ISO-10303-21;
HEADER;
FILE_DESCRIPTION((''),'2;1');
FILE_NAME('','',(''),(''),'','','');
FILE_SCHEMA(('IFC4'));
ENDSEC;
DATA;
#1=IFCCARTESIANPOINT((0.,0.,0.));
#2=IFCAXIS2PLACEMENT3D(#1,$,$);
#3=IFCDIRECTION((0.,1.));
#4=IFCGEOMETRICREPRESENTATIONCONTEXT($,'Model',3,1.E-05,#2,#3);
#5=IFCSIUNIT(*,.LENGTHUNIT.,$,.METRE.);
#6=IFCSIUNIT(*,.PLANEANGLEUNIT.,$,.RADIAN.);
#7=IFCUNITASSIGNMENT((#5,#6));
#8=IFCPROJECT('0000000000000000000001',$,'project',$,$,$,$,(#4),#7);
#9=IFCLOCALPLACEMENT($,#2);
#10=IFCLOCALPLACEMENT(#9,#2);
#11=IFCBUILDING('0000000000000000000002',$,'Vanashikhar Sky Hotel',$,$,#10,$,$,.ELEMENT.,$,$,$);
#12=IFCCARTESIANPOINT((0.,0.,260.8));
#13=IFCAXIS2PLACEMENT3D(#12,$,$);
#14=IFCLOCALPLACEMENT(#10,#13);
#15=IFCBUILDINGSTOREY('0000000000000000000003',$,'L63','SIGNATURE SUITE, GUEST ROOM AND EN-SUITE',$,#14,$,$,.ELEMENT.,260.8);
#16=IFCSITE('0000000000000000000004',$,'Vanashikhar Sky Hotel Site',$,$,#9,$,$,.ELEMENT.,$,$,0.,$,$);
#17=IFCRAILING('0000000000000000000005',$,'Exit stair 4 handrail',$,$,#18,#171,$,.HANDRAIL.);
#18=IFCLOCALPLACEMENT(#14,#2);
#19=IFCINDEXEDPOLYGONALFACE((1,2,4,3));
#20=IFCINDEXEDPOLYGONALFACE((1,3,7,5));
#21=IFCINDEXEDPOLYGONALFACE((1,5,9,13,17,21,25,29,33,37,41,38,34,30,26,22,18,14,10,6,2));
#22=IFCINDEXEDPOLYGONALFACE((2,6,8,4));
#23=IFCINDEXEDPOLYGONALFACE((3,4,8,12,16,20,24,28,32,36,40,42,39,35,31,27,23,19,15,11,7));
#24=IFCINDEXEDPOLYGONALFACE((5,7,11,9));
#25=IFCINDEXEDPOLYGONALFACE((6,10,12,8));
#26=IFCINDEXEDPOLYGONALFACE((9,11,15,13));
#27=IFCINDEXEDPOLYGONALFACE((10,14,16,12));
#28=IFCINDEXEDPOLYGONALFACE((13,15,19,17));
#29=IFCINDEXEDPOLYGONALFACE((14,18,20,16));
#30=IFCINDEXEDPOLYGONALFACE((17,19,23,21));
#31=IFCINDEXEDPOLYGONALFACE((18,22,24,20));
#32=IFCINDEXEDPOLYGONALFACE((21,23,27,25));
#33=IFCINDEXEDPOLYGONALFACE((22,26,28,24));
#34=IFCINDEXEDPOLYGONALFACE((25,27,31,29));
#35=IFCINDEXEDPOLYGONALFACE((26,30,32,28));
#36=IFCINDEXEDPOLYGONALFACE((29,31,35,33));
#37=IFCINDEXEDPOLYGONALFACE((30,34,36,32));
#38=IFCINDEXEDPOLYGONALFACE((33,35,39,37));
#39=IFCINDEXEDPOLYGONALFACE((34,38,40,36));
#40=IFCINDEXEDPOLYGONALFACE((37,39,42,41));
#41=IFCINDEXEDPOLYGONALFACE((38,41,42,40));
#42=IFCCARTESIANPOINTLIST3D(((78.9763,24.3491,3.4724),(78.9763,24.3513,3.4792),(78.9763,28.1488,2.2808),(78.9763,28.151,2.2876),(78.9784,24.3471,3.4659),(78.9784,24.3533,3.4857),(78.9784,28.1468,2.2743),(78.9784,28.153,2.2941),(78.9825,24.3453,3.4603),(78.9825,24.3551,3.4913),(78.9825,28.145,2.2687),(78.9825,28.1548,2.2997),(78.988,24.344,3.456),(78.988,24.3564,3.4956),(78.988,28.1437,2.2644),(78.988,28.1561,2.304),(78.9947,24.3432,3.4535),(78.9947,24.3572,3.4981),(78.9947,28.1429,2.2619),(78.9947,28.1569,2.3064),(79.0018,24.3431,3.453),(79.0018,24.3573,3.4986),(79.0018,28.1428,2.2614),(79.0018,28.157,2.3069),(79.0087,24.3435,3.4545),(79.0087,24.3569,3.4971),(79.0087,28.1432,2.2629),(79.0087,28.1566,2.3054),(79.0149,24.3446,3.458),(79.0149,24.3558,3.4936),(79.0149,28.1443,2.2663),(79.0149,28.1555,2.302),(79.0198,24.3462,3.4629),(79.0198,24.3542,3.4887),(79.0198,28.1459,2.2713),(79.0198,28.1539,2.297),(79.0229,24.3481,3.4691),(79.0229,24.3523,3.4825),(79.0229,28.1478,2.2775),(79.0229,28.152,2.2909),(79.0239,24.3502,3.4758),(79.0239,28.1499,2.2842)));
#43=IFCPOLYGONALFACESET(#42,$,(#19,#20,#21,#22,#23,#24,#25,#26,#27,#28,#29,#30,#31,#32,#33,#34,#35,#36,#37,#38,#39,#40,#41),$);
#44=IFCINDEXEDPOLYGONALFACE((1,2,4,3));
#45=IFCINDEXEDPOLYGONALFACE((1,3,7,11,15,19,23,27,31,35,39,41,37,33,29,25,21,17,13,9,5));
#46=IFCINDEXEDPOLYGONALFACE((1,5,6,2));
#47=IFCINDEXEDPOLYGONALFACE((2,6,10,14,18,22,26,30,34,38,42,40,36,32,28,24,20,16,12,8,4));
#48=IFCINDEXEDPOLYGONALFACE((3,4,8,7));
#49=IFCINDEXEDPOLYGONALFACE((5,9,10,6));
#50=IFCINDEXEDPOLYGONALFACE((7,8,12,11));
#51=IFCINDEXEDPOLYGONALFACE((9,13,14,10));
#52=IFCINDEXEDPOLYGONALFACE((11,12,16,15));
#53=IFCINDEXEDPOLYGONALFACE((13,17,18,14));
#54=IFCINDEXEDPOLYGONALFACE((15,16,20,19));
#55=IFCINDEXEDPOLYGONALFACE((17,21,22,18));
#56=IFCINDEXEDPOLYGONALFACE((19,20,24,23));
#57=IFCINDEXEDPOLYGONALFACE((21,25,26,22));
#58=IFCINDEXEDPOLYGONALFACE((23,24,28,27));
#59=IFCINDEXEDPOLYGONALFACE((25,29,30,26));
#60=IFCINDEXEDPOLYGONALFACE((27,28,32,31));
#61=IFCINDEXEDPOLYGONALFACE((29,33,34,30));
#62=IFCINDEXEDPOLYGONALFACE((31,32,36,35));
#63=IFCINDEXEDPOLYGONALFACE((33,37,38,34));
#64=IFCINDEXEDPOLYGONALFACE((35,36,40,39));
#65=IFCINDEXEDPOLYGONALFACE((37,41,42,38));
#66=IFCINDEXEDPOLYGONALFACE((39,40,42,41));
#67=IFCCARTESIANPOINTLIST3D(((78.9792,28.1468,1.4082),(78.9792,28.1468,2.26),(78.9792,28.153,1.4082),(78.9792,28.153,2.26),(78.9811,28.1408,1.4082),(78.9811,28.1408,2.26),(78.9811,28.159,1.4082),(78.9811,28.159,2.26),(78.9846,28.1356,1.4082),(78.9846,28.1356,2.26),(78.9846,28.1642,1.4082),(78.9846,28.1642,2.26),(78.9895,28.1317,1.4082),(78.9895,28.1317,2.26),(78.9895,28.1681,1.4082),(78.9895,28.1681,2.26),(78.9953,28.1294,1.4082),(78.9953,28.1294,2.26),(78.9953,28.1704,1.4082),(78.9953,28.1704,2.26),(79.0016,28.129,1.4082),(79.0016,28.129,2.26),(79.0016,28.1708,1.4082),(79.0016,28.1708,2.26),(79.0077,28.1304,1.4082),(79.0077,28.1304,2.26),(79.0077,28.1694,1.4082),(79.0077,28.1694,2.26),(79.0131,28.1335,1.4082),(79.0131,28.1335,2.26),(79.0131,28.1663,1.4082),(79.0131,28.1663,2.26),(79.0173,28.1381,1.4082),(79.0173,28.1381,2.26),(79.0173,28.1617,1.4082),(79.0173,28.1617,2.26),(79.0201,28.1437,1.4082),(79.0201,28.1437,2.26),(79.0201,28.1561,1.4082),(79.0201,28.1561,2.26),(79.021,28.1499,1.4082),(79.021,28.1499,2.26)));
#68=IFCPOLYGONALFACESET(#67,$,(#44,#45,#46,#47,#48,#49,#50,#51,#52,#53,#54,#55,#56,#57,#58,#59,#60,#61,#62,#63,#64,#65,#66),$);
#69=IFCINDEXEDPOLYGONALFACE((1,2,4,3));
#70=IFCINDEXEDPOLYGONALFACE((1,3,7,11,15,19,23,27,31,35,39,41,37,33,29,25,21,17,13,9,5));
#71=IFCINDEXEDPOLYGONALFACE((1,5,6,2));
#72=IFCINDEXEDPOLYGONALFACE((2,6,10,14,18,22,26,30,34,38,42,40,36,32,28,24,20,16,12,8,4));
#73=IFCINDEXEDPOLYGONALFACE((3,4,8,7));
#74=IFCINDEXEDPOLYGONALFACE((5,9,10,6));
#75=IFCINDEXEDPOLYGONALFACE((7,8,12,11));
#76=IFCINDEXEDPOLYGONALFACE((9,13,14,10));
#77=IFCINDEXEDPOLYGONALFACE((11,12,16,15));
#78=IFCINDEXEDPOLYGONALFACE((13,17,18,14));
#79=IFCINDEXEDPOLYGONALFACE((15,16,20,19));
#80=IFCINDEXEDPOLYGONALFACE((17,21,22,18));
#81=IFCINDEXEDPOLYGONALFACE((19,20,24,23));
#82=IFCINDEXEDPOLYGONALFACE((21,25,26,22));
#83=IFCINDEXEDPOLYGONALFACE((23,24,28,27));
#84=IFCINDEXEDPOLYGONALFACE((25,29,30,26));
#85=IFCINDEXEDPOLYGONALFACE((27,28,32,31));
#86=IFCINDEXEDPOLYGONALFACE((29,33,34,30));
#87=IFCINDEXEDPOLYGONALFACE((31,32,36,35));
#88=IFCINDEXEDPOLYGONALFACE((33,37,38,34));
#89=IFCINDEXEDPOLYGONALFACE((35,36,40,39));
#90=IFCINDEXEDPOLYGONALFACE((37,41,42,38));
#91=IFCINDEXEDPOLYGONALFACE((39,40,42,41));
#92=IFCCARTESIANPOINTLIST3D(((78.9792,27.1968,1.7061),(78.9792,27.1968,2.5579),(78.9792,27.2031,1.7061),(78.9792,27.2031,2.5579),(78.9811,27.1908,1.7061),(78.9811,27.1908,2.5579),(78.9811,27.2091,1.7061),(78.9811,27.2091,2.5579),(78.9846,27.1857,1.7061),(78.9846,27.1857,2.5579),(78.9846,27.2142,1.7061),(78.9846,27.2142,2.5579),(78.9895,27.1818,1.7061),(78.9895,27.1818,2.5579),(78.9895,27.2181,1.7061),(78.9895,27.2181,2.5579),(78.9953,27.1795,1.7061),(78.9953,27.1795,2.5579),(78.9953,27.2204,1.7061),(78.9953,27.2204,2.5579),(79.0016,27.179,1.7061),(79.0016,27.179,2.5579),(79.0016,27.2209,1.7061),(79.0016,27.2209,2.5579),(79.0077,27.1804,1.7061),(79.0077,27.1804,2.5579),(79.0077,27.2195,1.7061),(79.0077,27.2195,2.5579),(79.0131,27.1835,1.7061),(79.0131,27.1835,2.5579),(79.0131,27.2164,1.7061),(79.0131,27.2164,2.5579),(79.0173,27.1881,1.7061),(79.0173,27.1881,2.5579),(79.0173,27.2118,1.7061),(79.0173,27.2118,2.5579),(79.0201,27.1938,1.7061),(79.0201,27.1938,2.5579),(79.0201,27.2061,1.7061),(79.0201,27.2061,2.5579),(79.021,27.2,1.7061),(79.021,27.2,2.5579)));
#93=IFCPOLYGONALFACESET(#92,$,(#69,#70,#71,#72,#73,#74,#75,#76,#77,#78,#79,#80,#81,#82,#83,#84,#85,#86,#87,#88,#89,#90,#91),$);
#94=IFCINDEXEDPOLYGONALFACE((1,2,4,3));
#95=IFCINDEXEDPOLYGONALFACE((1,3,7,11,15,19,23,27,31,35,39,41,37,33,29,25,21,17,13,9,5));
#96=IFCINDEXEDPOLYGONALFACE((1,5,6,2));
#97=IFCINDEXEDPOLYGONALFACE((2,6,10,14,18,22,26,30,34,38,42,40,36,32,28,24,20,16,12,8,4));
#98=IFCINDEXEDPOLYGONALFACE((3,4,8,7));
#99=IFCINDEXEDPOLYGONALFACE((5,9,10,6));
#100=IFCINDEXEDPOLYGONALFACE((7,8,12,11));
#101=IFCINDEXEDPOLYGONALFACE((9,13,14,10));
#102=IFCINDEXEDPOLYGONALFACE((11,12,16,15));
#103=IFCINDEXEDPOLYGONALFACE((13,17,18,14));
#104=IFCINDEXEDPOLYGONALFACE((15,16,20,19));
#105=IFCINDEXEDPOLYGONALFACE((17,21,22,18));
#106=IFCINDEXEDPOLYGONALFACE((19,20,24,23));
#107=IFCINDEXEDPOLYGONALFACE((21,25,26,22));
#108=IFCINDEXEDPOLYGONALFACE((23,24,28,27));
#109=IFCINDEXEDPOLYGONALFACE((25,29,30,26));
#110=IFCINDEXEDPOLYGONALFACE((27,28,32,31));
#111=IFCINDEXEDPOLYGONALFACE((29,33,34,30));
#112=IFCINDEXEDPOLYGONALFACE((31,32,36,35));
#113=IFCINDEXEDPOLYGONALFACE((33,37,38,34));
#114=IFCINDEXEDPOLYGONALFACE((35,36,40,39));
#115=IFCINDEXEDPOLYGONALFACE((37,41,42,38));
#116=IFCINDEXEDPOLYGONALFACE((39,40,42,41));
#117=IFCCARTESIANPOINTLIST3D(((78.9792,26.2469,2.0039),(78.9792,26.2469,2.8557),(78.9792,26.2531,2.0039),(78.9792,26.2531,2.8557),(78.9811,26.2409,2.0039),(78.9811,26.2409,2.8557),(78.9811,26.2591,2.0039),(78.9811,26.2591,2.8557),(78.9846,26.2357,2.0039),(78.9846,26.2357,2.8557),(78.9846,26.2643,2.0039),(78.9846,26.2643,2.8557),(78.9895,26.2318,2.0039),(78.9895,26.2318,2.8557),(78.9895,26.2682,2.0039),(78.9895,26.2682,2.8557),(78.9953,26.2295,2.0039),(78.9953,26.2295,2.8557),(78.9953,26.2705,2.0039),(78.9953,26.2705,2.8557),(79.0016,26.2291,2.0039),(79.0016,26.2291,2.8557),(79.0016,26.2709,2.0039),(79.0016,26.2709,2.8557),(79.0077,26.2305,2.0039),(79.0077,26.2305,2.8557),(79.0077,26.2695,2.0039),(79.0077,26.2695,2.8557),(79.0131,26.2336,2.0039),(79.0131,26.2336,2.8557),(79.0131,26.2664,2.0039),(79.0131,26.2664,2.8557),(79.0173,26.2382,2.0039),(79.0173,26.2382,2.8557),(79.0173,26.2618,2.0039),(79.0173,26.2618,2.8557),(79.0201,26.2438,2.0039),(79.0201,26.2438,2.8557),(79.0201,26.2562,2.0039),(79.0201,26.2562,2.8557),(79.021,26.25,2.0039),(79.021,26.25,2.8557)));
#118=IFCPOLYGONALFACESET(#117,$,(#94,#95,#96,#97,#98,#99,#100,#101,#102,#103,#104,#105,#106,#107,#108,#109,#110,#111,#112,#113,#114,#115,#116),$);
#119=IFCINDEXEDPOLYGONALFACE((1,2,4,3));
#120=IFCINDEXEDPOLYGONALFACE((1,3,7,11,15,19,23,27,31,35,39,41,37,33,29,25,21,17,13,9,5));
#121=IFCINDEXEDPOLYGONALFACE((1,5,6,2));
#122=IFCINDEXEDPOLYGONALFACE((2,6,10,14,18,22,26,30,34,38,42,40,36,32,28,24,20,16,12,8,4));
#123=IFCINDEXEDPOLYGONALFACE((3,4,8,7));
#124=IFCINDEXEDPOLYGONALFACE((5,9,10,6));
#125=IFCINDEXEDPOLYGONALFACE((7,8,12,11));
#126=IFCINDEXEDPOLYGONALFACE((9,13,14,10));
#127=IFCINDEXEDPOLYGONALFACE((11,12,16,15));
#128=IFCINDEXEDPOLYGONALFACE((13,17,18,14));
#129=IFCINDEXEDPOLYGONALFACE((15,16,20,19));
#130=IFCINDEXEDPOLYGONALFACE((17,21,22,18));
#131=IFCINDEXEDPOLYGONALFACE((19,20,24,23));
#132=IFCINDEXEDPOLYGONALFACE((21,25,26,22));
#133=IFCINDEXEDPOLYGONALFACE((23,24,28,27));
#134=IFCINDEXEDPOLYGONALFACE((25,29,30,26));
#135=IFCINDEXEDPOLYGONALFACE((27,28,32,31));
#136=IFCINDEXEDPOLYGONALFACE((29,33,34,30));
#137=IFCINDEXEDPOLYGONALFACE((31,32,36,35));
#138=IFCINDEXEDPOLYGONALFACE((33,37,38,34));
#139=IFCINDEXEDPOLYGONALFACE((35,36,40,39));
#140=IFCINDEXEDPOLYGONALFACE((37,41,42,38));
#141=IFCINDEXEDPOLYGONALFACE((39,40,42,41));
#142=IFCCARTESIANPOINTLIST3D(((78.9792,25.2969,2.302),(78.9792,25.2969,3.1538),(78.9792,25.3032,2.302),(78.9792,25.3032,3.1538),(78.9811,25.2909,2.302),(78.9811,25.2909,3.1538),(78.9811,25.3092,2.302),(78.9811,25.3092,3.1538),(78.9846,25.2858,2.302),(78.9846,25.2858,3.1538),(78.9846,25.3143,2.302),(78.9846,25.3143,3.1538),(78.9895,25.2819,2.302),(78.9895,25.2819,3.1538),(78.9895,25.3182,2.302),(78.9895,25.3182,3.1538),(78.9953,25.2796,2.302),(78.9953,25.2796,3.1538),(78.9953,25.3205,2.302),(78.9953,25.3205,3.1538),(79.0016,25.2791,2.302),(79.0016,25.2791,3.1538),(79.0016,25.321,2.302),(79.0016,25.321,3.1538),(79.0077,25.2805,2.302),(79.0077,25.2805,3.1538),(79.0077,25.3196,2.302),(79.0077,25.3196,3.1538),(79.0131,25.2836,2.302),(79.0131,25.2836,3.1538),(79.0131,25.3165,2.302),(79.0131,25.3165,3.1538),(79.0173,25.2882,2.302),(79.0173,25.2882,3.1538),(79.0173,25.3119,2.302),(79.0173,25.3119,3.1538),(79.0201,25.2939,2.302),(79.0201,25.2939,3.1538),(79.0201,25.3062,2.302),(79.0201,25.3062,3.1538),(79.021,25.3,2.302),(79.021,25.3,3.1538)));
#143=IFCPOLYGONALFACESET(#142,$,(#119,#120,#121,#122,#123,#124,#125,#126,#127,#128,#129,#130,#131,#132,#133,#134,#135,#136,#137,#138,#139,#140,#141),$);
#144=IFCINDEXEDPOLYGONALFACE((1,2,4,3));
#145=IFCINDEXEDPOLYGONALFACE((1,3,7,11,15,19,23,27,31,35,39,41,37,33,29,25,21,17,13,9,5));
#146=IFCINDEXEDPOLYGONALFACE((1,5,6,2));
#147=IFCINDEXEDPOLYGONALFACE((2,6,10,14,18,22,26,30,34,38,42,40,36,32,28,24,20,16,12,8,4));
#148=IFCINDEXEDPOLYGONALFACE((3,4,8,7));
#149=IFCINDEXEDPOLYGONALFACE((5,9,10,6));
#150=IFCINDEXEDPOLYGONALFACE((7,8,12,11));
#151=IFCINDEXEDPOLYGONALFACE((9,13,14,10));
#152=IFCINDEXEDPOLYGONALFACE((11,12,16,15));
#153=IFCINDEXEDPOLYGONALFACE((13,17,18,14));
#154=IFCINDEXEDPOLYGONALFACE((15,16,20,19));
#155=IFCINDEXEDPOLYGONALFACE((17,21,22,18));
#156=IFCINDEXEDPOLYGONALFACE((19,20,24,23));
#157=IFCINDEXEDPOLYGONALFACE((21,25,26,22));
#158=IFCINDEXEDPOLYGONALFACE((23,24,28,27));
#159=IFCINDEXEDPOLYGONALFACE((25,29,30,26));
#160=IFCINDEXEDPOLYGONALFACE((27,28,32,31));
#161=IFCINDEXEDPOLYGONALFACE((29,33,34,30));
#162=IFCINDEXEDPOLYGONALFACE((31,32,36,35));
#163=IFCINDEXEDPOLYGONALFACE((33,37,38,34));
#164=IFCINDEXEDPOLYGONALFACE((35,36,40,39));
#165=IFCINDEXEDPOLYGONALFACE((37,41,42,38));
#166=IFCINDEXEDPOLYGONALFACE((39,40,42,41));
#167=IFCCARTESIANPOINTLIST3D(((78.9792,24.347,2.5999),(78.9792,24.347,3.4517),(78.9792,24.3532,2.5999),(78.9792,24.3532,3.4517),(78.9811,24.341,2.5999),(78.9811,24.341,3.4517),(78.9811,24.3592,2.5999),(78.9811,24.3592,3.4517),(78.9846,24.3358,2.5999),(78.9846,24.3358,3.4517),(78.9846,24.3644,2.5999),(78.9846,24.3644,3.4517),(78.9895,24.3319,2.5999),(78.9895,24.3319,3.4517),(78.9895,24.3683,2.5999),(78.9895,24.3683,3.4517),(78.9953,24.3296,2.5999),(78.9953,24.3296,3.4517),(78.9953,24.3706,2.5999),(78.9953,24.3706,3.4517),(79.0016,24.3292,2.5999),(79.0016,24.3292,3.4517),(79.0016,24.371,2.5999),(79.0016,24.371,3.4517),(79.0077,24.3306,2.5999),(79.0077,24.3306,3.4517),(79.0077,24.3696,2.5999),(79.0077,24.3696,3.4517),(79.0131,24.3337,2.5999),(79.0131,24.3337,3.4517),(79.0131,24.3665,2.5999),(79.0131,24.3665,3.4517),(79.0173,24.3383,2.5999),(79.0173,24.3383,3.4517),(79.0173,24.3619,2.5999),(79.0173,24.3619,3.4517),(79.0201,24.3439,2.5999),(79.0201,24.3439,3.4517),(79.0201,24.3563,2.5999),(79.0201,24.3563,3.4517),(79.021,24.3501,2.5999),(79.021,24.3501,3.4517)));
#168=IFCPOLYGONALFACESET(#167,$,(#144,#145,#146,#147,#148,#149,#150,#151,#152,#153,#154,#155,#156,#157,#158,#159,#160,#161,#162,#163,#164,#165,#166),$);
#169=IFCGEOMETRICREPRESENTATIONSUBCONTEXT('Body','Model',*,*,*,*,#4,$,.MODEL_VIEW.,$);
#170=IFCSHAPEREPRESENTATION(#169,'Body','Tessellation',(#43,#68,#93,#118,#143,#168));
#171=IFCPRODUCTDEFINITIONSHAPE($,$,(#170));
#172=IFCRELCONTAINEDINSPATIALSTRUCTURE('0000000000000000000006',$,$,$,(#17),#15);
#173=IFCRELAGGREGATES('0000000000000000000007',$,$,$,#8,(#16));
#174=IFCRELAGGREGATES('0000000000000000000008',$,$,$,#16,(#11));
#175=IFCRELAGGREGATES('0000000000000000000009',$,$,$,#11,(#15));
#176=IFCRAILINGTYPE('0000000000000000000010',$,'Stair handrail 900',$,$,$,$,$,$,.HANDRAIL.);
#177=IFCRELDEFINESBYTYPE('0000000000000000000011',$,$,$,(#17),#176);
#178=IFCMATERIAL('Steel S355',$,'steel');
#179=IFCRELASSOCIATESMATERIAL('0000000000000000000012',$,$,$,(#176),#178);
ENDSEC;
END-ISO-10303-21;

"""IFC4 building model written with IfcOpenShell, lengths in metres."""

from ifc_helpers import new_model, si_unit, direction, frame, origin, origin_2d, place, context, subcontext, project, spatial, circle, extrude, source, transform, mapped, material, type_object, element, save


model = new_model("IFC4")

# Units and contexts
model_context = context("Model", 3, precision=1e-05, world=origin(), true_north=direction((0.0, 1.0)))
body_context = subcontext(model_context, "Body", "Model", "MODEL_VIEW")
ifc_project = project(units=[si_unit("LENGTHUNIT", "METRE"), si_unit("PLANEANGLEUNIT", "RADIAN")], contexts=[model_context])

# Site, building, storey
site_placement = place(None, origin())
site = spatial("IfcSite", under=ifc_project, at=site_placement, Name="Vanashikhar Sky Hotel Site", CompositionType="ELEMENT", RefElevation=0.0)
building_placement = place(site_placement, origin())
building = spatial("IfcBuilding", under=site, at=building_placement, Name="Vanashikhar Sky Hotel", CompositionType="ELEMENT")
storey_placement = place(building_placement, frame((0.0, 0.0, 260.8)))
storey = spatial("IfcBuildingStorey", under=building, at=storey_placement, Name="L63", Description="SIGNATURE SUITE, GUEST ROOM AND EN-SUITE", CompositionType="ELEMENT", Elevation=260.8)

# Railing
ifc_material_1 = material(Name="Steel S355", Category="steel")
railing_type_1 = type_object("IfcRailingType", Name="Stair handrail 900", PredefinedType="HANDRAIL", material=ifc_material_1)
shared_shape_1 = source(origin(), body_context, "Body", "SweptSolid", [
    extrude(circle(Radius=0.0239, at=origin_2d()), frame((0.0, 0.0, 0.876), z_axis=(0.0, -0.954178, 0.299238), x_axis=(1.0, 0.0, 0.0)), (0.0, 0.0, 1.0), 3.9822),
    extrude(circle(Radius=0.021, at=origin_2d()), origin(), (0.0, 0.0, 1.0), 0.8518),
    extrude(circle(Radius=0.021, at=origin_2d()), frame((0.0, -0.95, 0.2979)), (0.0, 0.0, 1.0), 0.8518),
    extrude(circle(Radius=0.021, at=origin_2d()), frame((0.0, -1.8999, 0.5957)), (0.0, 0.0, 1.0), 0.8518),
    extrude(circle(Radius=0.021, at=origin_2d()), frame((0.0, -2.8499, 0.8938)), (0.0, 0.0, 1.0), 0.8518),
    extrude(circle(Radius=0.021, at=origin_2d()), frame((0.0, -3.7998, 1.1917)), (0.0, 0.0, 1.0), 0.8518),
])
railing_1_placement = place(storey_placement, frame((79.0, 28.1499, 1.4082)))
element("IfcRailing", 1, at=railing_1_placement, inside=storey, type_object=railing_type_1, Name="Exit stair 4 handrail", PredefinedType="HANDRAIL", context=body_context, shape_type="MappedRepresentation", body=[
    mapped(shared_shape_1, transform((0.0, 0.0, 0.0), scale=1.0)),
])

save(model, "model.ifc")
